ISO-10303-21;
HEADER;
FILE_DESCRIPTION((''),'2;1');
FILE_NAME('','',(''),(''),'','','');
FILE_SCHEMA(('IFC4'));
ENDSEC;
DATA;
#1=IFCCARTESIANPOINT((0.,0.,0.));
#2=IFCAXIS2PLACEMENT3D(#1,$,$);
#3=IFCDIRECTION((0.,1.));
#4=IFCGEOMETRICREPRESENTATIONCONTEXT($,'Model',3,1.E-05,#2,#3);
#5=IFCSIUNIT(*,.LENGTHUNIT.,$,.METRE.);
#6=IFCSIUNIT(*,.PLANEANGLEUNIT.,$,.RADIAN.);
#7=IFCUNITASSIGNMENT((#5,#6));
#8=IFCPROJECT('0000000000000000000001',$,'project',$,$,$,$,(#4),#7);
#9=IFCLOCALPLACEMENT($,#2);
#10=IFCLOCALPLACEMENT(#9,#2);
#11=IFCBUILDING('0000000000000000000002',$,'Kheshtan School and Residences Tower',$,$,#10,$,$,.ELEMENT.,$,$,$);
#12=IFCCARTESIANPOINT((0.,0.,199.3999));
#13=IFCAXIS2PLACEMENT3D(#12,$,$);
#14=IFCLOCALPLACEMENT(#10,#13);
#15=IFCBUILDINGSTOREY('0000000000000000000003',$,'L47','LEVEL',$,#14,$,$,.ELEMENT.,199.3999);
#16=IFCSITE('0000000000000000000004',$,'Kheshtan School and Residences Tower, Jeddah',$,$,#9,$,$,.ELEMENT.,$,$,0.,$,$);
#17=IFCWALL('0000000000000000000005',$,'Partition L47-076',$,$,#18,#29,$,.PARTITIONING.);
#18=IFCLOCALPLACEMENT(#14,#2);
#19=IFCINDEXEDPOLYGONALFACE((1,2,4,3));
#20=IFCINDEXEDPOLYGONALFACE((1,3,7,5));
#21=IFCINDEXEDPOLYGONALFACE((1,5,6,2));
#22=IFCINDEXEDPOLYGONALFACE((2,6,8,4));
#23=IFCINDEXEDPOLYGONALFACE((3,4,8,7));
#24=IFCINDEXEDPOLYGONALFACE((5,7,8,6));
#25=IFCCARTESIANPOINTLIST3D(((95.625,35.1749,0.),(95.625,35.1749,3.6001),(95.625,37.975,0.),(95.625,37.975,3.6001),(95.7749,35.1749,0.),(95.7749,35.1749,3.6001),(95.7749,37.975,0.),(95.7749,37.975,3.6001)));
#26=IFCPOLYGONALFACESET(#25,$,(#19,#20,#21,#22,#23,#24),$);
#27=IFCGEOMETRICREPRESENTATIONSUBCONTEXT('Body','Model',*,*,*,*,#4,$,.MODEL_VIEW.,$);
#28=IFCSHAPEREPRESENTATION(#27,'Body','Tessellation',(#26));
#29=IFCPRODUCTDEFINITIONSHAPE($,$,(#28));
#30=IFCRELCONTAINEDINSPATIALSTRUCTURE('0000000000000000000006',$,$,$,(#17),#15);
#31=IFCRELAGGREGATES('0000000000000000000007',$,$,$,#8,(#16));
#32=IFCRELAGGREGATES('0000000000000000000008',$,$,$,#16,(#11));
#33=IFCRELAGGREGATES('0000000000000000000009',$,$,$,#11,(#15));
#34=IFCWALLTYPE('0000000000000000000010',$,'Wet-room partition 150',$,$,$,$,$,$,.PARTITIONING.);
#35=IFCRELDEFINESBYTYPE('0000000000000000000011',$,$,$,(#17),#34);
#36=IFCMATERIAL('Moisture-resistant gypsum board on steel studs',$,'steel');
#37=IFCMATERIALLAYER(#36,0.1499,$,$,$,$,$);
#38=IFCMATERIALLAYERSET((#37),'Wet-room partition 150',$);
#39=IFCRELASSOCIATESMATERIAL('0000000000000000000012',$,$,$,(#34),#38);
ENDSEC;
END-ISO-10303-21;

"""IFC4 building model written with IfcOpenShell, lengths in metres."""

from ifc_helpers import new_model, si_unit, direction, frame, frame_2d, origin, place, context, subcontext, project, spatial, rectangle, extrude, material, layer, layer_set, type_object, element, save


model = new_model("IFC4")

# Units and contexts
model_context = context("Model", 3, precision=1e-05, world=origin(), true_north=direction((0.0, 1.0)))
body_context = subcontext(model_context, "Body", "Model", "MODEL_VIEW")
ifc_project = project(units=[si_unit("LENGTHUNIT", "METRE"), si_unit("PLANEANGLEUNIT", "RADIAN")], contexts=[model_context])

# Site, building, storey
site_placement = place(None, origin())
site = spatial("IfcSite", under=ifc_project, at=site_placement, Name="Kheshtan School and Residences Tower, Jeddah", CompositionType="ELEMENT", RefElevation=0.0)
building_placement = place(site_placement, origin())
building = spatial("IfcBuilding", under=site, at=building_placement, Name="Kheshtan School and Residences Tower", CompositionType="ELEMENT")
storey_placement = place(building_placement, frame((0.0, 0.0, 199.3999)))
storey = spatial("IfcBuildingStorey", under=building, at=storey_placement, Name="L47", Description="LEVEL", CompositionType="ELEMENT", Elevation=199.3999)

# Shared definitions
ifc_material_1 = material(Name="Moisture-resistant gypsum board on steel studs", Category="steel")
ifc_layer_1 = layer(ifc_material_1, 0.1499)
ifc_layer_set_1 = layer_set([ifc_layer_1], Name="Wet-room partition 150")
wall_type_1 = type_object("IfcWallType", Name="Wet-room partition 150", PredefinedType="PARTITIONING", material=ifc_layer_set_1)

# Wall
wall_1_placement = place(storey_placement, frame((95.7, 35.175, 0.0), z_axis=(0.0, 0.0, 1.0), x_axis=(0.0, 1.0, 0.0)))
element("IfcWall", 1, at=wall_1_placement, inside=storey, type_object=wall_type_1, Name="Partition L47-076", PredefinedType="PARTITIONING", context=body_context, shape_type="SweptSolid", body=[
    extrude(rectangle(XDim=2.8, YDim=0.1499, at=frame_2d((1.3999, 0.0))), origin(), (0.0, 0.0, 1.0), 3.6001),
])

save(model, "model.ifc")
